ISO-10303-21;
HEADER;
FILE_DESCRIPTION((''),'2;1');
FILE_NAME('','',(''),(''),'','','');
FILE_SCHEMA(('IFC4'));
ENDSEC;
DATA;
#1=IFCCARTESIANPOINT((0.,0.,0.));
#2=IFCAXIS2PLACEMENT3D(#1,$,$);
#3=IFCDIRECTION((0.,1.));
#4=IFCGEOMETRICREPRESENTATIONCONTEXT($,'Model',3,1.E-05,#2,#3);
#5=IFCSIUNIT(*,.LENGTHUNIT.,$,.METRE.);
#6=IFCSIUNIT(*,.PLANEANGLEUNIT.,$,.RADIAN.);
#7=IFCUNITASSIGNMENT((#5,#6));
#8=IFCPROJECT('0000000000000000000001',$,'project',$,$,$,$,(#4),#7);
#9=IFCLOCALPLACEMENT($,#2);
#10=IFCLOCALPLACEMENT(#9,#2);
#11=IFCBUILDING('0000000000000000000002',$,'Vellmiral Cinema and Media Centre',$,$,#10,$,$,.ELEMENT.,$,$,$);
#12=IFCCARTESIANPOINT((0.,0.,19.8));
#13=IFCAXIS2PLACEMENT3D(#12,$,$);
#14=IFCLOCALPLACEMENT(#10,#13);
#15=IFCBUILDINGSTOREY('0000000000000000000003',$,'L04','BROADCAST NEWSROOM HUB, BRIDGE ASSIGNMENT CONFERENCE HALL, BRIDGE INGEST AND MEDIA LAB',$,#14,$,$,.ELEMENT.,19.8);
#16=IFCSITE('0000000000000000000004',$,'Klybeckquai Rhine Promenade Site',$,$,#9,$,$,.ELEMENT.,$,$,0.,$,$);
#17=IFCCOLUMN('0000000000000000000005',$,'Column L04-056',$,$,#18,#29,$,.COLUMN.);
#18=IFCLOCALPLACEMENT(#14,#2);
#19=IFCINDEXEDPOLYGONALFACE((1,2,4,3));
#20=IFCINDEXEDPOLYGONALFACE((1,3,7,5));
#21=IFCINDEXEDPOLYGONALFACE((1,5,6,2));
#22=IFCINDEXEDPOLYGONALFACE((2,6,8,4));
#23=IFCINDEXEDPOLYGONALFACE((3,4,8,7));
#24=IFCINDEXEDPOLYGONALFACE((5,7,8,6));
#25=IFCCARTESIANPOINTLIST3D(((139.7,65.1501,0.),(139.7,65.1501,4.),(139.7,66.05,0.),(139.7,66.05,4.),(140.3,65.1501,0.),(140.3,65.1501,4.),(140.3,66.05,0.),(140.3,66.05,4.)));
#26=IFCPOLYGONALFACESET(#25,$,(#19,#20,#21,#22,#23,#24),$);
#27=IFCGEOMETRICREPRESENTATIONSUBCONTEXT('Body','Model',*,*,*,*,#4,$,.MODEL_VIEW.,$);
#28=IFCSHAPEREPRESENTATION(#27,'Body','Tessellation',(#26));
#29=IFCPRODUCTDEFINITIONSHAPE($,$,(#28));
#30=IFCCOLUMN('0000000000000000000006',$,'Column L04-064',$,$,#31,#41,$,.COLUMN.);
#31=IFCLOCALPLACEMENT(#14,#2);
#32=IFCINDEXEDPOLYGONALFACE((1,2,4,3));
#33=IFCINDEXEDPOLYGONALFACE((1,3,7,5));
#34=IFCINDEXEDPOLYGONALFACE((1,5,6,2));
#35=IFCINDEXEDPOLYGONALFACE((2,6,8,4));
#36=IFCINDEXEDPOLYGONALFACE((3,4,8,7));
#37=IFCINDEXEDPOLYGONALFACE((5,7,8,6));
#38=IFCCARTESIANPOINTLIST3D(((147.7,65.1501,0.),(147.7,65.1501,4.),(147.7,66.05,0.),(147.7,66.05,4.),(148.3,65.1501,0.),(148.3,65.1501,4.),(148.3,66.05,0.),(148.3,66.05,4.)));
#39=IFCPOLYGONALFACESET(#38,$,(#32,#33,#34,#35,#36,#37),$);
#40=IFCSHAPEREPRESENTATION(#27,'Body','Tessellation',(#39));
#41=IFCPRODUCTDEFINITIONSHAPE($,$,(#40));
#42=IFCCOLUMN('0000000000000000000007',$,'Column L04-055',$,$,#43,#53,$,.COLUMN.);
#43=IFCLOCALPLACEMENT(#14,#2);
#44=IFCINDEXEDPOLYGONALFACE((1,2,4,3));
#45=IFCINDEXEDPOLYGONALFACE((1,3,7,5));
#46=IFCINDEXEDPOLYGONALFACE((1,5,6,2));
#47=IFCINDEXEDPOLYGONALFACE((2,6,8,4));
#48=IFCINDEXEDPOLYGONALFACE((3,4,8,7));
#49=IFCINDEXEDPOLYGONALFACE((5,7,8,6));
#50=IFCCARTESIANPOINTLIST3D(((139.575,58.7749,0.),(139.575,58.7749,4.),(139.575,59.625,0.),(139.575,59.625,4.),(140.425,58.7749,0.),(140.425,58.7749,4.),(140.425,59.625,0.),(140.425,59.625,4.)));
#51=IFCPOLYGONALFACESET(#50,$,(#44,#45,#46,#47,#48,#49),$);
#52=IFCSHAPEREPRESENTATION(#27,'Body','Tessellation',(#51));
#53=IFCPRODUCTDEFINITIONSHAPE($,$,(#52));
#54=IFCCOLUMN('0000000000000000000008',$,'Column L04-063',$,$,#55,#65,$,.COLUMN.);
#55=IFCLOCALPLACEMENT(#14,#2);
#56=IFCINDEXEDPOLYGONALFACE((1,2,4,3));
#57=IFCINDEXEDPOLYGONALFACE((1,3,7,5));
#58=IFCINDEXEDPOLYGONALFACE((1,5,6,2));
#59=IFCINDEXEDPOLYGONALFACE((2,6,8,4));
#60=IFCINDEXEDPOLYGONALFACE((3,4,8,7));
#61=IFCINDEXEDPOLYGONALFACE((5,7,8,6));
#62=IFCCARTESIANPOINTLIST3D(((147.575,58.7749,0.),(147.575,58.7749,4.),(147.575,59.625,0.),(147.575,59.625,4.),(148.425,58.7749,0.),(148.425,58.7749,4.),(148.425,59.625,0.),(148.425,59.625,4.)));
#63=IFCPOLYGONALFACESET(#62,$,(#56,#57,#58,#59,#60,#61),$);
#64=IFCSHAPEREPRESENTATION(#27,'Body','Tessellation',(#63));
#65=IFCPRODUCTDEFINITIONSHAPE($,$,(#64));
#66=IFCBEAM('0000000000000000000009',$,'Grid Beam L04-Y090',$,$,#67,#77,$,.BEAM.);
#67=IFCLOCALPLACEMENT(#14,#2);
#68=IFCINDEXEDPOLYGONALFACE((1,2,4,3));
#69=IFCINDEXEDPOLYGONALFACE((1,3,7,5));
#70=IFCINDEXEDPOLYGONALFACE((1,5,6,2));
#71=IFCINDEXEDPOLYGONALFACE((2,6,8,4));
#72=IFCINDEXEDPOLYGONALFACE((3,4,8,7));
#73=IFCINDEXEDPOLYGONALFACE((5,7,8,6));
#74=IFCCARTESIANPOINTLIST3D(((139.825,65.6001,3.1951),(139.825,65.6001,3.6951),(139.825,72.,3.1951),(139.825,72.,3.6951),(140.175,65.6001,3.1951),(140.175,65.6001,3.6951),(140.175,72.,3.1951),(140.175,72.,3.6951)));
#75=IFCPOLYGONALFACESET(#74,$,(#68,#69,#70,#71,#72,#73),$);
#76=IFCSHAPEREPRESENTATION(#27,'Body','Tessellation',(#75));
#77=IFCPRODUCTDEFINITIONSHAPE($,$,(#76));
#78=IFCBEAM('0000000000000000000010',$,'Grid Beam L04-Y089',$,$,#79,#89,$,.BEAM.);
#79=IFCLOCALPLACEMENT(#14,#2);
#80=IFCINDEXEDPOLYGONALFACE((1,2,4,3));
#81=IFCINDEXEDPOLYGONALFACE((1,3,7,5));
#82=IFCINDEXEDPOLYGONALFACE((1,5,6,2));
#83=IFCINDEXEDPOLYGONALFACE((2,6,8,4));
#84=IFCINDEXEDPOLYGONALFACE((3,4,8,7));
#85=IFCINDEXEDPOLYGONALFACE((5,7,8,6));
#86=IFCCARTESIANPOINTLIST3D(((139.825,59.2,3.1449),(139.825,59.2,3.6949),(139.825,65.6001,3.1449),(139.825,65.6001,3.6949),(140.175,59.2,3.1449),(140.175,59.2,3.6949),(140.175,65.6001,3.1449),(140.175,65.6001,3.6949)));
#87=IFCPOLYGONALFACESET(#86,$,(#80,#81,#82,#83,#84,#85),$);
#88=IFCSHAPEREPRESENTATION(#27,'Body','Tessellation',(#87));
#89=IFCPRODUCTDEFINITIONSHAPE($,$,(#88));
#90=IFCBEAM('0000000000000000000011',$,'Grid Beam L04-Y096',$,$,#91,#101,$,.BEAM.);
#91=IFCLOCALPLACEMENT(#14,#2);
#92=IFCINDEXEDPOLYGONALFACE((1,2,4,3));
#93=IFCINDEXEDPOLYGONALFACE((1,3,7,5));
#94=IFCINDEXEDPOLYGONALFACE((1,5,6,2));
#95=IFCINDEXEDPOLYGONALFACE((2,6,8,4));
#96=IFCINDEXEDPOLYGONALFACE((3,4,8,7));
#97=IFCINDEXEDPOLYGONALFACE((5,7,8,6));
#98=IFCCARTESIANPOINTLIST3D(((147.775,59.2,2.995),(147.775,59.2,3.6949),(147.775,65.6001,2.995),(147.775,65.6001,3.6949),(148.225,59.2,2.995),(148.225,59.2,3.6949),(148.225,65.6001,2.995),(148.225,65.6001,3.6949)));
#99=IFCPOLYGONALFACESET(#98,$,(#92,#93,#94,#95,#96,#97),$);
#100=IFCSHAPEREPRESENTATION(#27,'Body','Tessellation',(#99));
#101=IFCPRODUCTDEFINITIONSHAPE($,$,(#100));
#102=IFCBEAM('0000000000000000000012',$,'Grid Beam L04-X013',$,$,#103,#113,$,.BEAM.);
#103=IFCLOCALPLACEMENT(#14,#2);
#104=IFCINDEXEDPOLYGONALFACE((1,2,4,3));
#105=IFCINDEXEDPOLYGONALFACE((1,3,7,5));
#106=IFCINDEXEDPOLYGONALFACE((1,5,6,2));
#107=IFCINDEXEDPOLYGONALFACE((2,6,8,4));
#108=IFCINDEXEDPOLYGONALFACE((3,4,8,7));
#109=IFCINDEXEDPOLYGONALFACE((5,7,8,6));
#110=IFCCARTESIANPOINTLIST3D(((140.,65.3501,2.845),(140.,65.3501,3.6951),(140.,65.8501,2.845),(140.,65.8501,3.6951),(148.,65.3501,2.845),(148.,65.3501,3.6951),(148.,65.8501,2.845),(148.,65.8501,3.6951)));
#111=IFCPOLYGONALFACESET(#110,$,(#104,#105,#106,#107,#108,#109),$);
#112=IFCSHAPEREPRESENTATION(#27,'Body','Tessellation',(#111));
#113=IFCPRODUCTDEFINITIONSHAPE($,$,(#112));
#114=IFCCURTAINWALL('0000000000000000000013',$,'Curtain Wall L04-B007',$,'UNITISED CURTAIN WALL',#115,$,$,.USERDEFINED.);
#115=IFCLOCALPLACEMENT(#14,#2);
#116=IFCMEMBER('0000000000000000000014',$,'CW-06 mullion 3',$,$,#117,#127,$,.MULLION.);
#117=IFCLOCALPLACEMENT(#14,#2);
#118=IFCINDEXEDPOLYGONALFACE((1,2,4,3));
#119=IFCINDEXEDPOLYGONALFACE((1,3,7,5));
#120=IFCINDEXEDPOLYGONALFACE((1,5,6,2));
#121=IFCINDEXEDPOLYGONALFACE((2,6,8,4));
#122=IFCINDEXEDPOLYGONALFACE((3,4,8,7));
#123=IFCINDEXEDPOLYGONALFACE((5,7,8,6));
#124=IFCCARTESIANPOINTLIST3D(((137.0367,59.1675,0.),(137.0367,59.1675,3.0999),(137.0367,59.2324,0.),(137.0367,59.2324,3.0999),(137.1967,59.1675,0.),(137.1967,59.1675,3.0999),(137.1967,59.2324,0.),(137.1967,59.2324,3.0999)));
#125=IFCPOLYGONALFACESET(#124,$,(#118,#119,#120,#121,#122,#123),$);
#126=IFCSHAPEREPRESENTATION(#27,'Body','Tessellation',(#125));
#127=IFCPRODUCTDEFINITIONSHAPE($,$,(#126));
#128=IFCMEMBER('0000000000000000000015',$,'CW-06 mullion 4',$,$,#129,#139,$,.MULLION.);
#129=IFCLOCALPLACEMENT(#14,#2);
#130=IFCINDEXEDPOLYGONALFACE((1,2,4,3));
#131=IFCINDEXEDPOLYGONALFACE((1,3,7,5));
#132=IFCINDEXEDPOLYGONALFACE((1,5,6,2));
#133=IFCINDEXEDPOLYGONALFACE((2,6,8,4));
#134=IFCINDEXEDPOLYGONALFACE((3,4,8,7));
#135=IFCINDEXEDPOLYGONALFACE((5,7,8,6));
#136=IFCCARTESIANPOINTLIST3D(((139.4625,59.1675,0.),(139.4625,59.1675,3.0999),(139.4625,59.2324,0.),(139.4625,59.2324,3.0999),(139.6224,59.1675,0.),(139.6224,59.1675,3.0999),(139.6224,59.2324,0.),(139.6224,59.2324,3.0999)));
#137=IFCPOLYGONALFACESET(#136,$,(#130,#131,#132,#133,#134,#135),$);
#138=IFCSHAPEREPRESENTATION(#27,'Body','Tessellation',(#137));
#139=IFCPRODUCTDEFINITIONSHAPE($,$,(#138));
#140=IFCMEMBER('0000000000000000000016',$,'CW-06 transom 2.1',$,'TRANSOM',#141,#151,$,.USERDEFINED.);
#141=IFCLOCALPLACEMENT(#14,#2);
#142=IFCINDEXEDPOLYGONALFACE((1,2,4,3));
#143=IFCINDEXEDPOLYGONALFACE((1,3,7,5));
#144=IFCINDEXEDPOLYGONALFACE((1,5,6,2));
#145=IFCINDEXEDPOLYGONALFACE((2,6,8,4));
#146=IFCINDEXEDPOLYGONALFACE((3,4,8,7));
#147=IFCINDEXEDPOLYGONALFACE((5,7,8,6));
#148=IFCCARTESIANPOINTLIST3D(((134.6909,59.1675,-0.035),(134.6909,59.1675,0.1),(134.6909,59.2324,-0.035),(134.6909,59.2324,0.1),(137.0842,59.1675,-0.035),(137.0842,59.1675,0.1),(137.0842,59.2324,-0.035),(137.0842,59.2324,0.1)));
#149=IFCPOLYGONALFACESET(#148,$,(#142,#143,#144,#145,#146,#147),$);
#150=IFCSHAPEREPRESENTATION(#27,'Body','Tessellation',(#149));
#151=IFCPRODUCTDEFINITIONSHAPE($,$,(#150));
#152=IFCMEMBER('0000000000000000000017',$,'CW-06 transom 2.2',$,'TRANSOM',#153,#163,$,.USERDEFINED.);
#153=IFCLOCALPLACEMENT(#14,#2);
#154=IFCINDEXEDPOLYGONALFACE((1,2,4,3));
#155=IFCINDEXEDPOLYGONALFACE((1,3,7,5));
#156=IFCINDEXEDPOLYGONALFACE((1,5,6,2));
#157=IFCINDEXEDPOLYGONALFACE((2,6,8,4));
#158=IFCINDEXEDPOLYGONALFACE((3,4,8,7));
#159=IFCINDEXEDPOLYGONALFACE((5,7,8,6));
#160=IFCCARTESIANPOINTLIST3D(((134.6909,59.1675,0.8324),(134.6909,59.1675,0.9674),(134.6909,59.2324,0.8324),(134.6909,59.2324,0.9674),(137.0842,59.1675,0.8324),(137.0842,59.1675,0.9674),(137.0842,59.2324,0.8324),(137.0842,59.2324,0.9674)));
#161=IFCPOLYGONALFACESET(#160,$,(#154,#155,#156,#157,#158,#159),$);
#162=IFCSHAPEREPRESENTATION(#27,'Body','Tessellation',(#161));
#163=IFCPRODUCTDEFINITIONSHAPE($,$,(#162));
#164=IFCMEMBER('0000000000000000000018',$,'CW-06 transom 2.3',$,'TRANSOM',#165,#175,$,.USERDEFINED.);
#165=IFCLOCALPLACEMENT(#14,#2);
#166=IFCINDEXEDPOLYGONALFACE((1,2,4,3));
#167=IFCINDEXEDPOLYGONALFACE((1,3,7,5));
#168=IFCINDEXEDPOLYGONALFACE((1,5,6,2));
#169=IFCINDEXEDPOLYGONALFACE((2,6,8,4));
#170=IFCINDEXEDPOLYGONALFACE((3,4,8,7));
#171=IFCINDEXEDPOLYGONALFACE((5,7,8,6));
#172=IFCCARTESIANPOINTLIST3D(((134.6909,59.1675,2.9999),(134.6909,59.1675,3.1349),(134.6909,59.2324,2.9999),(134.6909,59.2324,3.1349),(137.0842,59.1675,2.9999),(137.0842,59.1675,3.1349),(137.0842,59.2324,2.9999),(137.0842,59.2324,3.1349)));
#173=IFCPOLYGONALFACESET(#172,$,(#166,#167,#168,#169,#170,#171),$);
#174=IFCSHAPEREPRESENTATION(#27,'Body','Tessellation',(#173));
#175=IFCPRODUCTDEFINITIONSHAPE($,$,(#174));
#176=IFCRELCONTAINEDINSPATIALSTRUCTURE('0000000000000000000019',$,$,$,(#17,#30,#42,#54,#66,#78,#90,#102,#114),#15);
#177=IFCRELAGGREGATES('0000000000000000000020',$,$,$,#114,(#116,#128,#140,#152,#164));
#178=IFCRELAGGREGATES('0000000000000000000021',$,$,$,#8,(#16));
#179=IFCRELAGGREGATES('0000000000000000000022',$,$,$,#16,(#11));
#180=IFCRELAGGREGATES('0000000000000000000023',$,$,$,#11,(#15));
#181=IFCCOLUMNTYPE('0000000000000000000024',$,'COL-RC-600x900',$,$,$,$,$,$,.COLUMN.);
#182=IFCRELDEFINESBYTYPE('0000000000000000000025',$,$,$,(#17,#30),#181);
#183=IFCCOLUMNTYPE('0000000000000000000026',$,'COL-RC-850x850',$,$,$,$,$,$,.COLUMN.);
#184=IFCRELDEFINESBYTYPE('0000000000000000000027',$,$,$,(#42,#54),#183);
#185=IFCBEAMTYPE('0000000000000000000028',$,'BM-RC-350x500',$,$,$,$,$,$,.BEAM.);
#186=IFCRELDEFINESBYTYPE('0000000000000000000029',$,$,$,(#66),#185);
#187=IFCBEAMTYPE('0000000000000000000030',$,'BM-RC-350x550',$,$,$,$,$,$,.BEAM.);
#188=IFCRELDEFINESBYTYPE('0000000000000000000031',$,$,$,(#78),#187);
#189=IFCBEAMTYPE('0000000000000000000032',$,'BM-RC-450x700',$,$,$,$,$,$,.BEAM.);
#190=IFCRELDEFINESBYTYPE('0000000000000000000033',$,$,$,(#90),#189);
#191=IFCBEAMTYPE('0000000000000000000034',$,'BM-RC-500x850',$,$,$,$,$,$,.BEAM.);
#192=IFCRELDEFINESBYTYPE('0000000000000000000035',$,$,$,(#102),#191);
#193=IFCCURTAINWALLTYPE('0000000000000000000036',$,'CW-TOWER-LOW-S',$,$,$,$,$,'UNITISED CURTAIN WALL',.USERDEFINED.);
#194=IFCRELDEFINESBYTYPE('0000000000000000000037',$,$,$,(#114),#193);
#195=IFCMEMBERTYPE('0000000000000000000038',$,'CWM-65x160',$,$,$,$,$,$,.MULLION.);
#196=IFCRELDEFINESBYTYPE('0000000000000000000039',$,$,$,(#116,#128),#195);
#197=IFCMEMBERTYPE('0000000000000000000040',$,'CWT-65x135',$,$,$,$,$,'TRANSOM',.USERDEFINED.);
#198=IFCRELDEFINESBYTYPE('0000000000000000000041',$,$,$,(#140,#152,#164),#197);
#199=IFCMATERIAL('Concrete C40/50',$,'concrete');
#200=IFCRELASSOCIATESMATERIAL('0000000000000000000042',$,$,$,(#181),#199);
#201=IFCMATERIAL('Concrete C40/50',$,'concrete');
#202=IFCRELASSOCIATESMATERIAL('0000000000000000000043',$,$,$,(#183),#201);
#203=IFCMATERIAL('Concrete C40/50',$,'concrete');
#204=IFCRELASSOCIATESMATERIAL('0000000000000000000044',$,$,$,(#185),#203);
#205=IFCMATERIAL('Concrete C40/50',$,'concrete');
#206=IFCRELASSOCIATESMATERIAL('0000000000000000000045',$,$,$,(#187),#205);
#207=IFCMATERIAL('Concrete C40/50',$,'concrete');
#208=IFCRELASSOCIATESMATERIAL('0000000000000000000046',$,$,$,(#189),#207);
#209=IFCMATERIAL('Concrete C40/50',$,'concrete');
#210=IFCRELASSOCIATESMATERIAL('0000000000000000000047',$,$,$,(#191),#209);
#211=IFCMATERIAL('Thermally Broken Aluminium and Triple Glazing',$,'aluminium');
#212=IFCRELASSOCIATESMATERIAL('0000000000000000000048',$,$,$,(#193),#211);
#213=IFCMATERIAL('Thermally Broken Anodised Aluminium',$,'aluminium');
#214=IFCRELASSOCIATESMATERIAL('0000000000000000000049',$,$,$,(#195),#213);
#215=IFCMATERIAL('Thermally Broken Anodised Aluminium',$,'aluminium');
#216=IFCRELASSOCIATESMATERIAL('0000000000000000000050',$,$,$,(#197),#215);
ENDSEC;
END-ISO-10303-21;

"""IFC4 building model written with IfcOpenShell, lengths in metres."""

from ifc_helpers import new_model, si_unit, direction, frame, origin, origin_2d, place, context, subcontext, project, spatial, rectangle, extrude, material, material_profile, profile_set, type_object, element, aggregate, save


model = new_model("IFC4")

# Units and contexts
model_context = context("Model", 3, precision=1e-05, world=origin(), true_north=direction((0.0, 1.0)))
body_context = subcontext(model_context, "Body", "Model", "MODEL_VIEW")
ifc_project = project(units=[si_unit("LENGTHUNIT", "METRE"), si_unit("PLANEANGLEUNIT", "RADIAN")], contexts=[model_context])

# Site, building, storey
site_placement = place(None, origin())
site = spatial("IfcSite", under=ifc_project, at=site_placement, Name="Klybeckquai Rhine Promenade Site", CompositionType="ELEMENT", RefElevation=0.0)
building_placement = place(site_placement, origin())
building = spatial("IfcBuilding", under=site, at=building_placement, Name="Vellmiral Cinema and Media Centre", CompositionType="ELEMENT")
storey_placement = place(building_placement, frame((0.0, 0.0, 19.8)))
storey = spatial("IfcBuildingStorey", under=building, at=storey_placement, Name="L04", Description="BROADCAST NEWSROOM HUB, BRIDGE ASSIGNMENT CONFERENCE HALL, BRIDGE INGEST AND MEDIA LAB", CompositionType="ELEMENT", Elevation=19.8)

# Columns
ifc_material_1 = material(Name="Concrete C40/50", Category="concrete")
ifc_material_profile_1 = material_profile(ifc_material_1, rectangle(XDim=0.6001, YDim=0.8999, at=origin_2d()), Name="RC 600x900")
ifc_profile_set_1 = profile_set([ifc_material_profile_1], Name="Concrete C40/50")
column_type_1 = type_object("IfcColumnType", Name="COL-RC-600x900", PredefinedType="COLUMN", material=ifc_profile_set_1)
for number, where, z_axis, x_axis, name in (
    (1, (140.0, 65.6001, 0.0), (0.0, 0.0, 1.0), (1.0, 0.0, 0.0), "Column L04-056"),
    (2, (148.0, 65.6001, 0.0), (0.0, 0.0, 1.0), (1.0, 0.0, 0.0), "Column L04-064"),
):
    element("IfcColumn", number, at=place(storey_placement, frame(where, z_axis=z_axis, x_axis=x_axis)), inside=storey, type_object=column_type_1, Name=name, PredefinedType="COLUMN", context=body_context, shape_type="SweptSolid", body=[
        extrude(rectangle(XDim=0.6001, YDim=0.8999, at=origin_2d()), origin(), (0.0, 0.0, 1.0), 4.0),
    ])
ifc_material_2 = material(Name="Concrete C40/50", Category="concrete")
ifc_material_profile_2 = material_profile(ifc_material_2, rectangle(XDim=0.8501, YDim=0.8501, at=origin_2d()), Name="RC 850x850")
ifc_profile_set_2 = profile_set([ifc_material_profile_2], Name="Concrete C40/50")
column_type_2 = type_object("IfcColumnType", Name="COL-RC-850x850", PredefinedType="COLUMN", material=ifc_profile_set_2)
for number, where, z_axis, x_axis, name in (
    (3, (140.0, 59.2, 0.0), (0.0, 0.0, 1.0), (1.0, 0.0, 0.0), "Column L04-055"),
    (4, (148.0, 59.2, 0.0), (0.0, 0.0, 1.0), (1.0, 0.0, 0.0), "Column L04-063"),
):
    element("IfcColumn", number, at=place(storey_placement, frame(where, z_axis=z_axis, x_axis=x_axis)), inside=storey, type_object=column_type_2, Name=name, PredefinedType="COLUMN", context=body_context, shape_type="SweptSolid", body=[
        extrude(rectangle(XDim=0.8501, YDim=0.8501, at=origin_2d()), origin(), (0.0, 0.0, 1.0), 4.0),
    ])

# Beams
ifc_material_3 = material(Name="Concrete C40/50", Category="concrete")
ifc_material_profile_3 = material_profile(ifc_material_3, rectangle(XDim=0.3501, YDim=0.5, at=origin_2d()), Name="RC 350x500")
ifc_profile_set_3 = profile_set([ifc_material_profile_3], Name="Concrete C40/50")
beam_type_1 = type_object("IfcBeamType", Name="BM-RC-350x500", PredefinedType="BEAM", material=ifc_profile_set_3)
beam_1_placement = place(storey_placement, frame((140.0, 65.6001, 3.4451), z_axis=(0.0, 1.0, 0.0), x_axis=(-1.0, 0.0, 0.0)))
element("IfcBeam", 5, at=beam_1_placement, inside=storey, type_object=beam_type_1, Name="Grid Beam L04-Y090", PredefinedType="BEAM", context=body_context, shape_type="SweptSolid", body=[
    extrude(rectangle(XDim=0.3501, YDim=0.5, at=origin_2d()), origin(), (0.0, 0.0, 1.0), 6.3999),
])
ifc_material_4 = material(Name="Concrete C40/50", Category="concrete")
ifc_material_profile_4 = material_profile(ifc_material_4, rectangle(XDim=0.3501, YDim=0.55, at=origin_2d()), Name="RC 350x550")
ifc_profile_set_4 = profile_set([ifc_material_profile_4], Name="Concrete C40/50")
beam_type_2 = type_object("IfcBeamType", Name="BM-RC-350x550", PredefinedType="BEAM", material=ifc_profile_set_4)
beam_2_placement = place(storey_placement, frame((140.0, 59.2, 3.4199), z_axis=(0.0, 1.0, 0.0), x_axis=(-1.0, 0.0, 0.0)))
element("IfcBeam", 6, at=beam_2_placement, inside=storey, type_object=beam_type_2, Name="Grid Beam L04-Y089", PredefinedType="BEAM", context=body_context, shape_type="SweptSolid", body=[
    extrude(rectangle(XDim=0.3501, YDim=0.55, at=origin_2d()), origin(), (0.0, 0.0, 1.0), 6.4001),
])
ifc_material_5 = material(Name="Concrete C40/50", Category="concrete")
ifc_material_profile_5 = material_profile(ifc_material_5, rectangle(XDim=0.45, YDim=0.7, at=origin_2d()), Name="RC 450x700")
ifc_profile_set_5 = profile_set([ifc_material_profile_5], Name="Concrete C40/50")
beam_type_3 = type_object("IfcBeamType", Name="BM-RC-450x700", PredefinedType="BEAM", material=ifc_profile_set_5)
beam_3_placement = place(storey_placement, frame((148.0, 59.2, 3.345), z_axis=(0.0, 1.0, 0.0), x_axis=(-1.0, 0.0, 0.0)))
element("IfcBeam", 7, at=beam_3_placement, inside=storey, type_object=beam_type_3, Name="Grid Beam L04-Y096", PredefinedType="BEAM", context=body_context, shape_type="SweptSolid", body=[
    extrude(rectangle(XDim=0.45, YDim=0.7, at=origin_2d()), origin(), (0.0, 0.0, 1.0), 6.4001),
])
ifc_material_6 = material(Name="Concrete C40/50", Category="concrete")
ifc_material_profile_6 = material_profile(ifc_material_6, rectangle(XDim=0.5, YDim=0.8501, at=origin_2d()), Name="RC 500x850")
ifc_profile_set_6 = profile_set([ifc_material_profile_6], Name="Concrete C40/50")
beam_type_4 = type_object("IfcBeamType", Name="BM-RC-500x850", PredefinedType="BEAM", material=ifc_profile_set_6)
beam_4_placement = place(storey_placement, frame((140.0, 65.6001, 3.27), z_axis=(1.0, 0.0, 0.0), x_axis=(0.0, 1.0, 0.0)))
element("IfcBeam", 8, at=beam_4_placement, inside=storey, type_object=beam_type_4, Name="Grid Beam L04-X013", PredefinedType="BEAM", context=body_context, shape_type="SweptSolid", body=[
    extrude(rectangle(XDim=0.5, YDim=0.8501, at=origin_2d()), origin(), (0.0, 0.0, 1.0), 8.0),
])

# Curtain wall, members
ifc_material_7 = material(Name="Thermally Broken Aluminium and Triple Glazing", Category="aluminium")
curtain_wall_type = type_object("IfcCurtainWallType", Name="CW-TOWER-LOW-S", ElementType="UNITISED CURTAIN WALL", PredefinedType="USERDEFINED", material=ifc_material_7)
curtain_wall_placement = place(storey_placement, origin())
curtain_wall = element("IfcCurtainWall", 9, at=curtain_wall_placement, inside=storey, type_object=curtain_wall_type, Name="Curtain Wall L04-B007", ObjectType="UNITISED CURTAIN WALL", PredefinedType="USERDEFINED")
ifc_material_8 = material(Name="Thermally Broken Anodised Aluminium", Category="aluminium")
ifc_material_profile_7 = material_profile(ifc_material_8, rectangle(XDim=0.0649, YDim=0.1599, at=origin_2d()), Name="MULL 65x160")
ifc_profile_set_7 = profile_set([ifc_material_profile_7], Name="Thermally Broken Anodised Aluminium")
member_type_1 = type_object("IfcMemberType", Name="CWM-65x160", PredefinedType="MULLION", material=ifc_profile_set_7)
member_1_placement = place(storey_placement, frame((137.1167, 59.2, 0.0), z_axis=(0.0, 0.0, 1.0), x_axis=(0.0, 1.0, 0.0)))
member_1 = element("IfcMember", 10, at=member_1_placement, type_object=member_type_1, Name="CW-06 mullion 3", PredefinedType="MULLION", context=body_context, shape_type="SweptSolid", body=[
    extrude(rectangle(XDim=0.0649, YDim=0.1599, at=origin_2d()), origin(), (0.0, 0.0, 1.0), 3.0999),
])
member_2_placement = place(storey_placement, frame((139.5425, 59.2, 0.0), z_axis=(0.0, 0.0, 1.0), x_axis=(0.0, 1.0, 0.0)))
member_2 = element("IfcMember", 11, at=member_2_placement, type_object=member_type_1, Name="CW-06 mullion 4", PredefinedType="MULLION", context=body_context, shape_type="SweptSolid", body=[
    extrude(rectangle(XDim=0.0649, YDim=0.1599, at=origin_2d()), origin(), (0.0, 0.0, 1.0), 3.0999),
])
ifc_material_9 = material(Name="Thermally Broken Anodised Aluminium", Category="aluminium")
ifc_material_profile_8 = material_profile(ifc_material_9, rectangle(XDim=0.0649, YDim=0.135, at=origin_2d()), Name="MULL 65x135")
ifc_profile_set_8 = profile_set([ifc_material_profile_8], Name="Thermally Broken Anodised Aluminium")
member_type_2 = type_object("IfcMemberType", Name="CWT-65x135", ElementType="TRANSOM", PredefinedType="USERDEFINED", material=ifc_profile_set_8)
member_3_placement = place(storey_placement, frame((134.6909, 59.2, 0.0325), z_axis=(1.0, 0.0, 0.0), x_axis=(0.0, 1.0, 0.0)))
member_3 = element("IfcMember", 12, at=member_3_placement, type_object=member_type_2, Name="CW-06 transom 2.1", ObjectType="TRANSOM", PredefinedType="USERDEFINED", context=body_context, shape_type="SweptSolid", body=[
    extrude(rectangle(XDim=0.0649, YDim=0.135, at=origin_2d()), origin(), (0.0, 0.0, 1.0), 2.3933),
])
member_4_placement = place(storey_placement, frame((134.6909, 59.2, 0.8999), z_axis=(1.0, 0.0, 0.0), x_axis=(0.0, 1.0, 0.0)))
member_4 = element("IfcMember", 13, at=member_4_placement, type_object=member_type_2, Name="CW-06 transom 2.2", ObjectType="TRANSOM", PredefinedType="USERDEFINED", context=body_context, shape_type="SweptSolid", body=[
    extrude(rectangle(XDim=0.0649, YDim=0.135, at=origin_2d()), origin(), (0.0, 0.0, 1.0), 2.3933),
])
member_5_placement = place(storey_placement, frame((134.6909, 59.2, 3.0674), z_axis=(1.0, 0.0, 0.0), x_axis=(0.0, 1.0, 0.0)))
member_5 = element("IfcMember", 14, at=member_5_placement, type_object=member_type_2, Name="CW-06 transom 2.3", ObjectType="TRANSOM", PredefinedType="USERDEFINED", context=body_context, shape_type="SweptSolid", body=[
    extrude(rectangle(XDim=0.0649, YDim=0.135, at=origin_2d()), origin(), (0.0, 0.0, 1.0), 2.3933),
])

aggregate(curtain_wall, [member_1, member_2, member_3, member_4, member_5])

save(model, "model.ifc")
